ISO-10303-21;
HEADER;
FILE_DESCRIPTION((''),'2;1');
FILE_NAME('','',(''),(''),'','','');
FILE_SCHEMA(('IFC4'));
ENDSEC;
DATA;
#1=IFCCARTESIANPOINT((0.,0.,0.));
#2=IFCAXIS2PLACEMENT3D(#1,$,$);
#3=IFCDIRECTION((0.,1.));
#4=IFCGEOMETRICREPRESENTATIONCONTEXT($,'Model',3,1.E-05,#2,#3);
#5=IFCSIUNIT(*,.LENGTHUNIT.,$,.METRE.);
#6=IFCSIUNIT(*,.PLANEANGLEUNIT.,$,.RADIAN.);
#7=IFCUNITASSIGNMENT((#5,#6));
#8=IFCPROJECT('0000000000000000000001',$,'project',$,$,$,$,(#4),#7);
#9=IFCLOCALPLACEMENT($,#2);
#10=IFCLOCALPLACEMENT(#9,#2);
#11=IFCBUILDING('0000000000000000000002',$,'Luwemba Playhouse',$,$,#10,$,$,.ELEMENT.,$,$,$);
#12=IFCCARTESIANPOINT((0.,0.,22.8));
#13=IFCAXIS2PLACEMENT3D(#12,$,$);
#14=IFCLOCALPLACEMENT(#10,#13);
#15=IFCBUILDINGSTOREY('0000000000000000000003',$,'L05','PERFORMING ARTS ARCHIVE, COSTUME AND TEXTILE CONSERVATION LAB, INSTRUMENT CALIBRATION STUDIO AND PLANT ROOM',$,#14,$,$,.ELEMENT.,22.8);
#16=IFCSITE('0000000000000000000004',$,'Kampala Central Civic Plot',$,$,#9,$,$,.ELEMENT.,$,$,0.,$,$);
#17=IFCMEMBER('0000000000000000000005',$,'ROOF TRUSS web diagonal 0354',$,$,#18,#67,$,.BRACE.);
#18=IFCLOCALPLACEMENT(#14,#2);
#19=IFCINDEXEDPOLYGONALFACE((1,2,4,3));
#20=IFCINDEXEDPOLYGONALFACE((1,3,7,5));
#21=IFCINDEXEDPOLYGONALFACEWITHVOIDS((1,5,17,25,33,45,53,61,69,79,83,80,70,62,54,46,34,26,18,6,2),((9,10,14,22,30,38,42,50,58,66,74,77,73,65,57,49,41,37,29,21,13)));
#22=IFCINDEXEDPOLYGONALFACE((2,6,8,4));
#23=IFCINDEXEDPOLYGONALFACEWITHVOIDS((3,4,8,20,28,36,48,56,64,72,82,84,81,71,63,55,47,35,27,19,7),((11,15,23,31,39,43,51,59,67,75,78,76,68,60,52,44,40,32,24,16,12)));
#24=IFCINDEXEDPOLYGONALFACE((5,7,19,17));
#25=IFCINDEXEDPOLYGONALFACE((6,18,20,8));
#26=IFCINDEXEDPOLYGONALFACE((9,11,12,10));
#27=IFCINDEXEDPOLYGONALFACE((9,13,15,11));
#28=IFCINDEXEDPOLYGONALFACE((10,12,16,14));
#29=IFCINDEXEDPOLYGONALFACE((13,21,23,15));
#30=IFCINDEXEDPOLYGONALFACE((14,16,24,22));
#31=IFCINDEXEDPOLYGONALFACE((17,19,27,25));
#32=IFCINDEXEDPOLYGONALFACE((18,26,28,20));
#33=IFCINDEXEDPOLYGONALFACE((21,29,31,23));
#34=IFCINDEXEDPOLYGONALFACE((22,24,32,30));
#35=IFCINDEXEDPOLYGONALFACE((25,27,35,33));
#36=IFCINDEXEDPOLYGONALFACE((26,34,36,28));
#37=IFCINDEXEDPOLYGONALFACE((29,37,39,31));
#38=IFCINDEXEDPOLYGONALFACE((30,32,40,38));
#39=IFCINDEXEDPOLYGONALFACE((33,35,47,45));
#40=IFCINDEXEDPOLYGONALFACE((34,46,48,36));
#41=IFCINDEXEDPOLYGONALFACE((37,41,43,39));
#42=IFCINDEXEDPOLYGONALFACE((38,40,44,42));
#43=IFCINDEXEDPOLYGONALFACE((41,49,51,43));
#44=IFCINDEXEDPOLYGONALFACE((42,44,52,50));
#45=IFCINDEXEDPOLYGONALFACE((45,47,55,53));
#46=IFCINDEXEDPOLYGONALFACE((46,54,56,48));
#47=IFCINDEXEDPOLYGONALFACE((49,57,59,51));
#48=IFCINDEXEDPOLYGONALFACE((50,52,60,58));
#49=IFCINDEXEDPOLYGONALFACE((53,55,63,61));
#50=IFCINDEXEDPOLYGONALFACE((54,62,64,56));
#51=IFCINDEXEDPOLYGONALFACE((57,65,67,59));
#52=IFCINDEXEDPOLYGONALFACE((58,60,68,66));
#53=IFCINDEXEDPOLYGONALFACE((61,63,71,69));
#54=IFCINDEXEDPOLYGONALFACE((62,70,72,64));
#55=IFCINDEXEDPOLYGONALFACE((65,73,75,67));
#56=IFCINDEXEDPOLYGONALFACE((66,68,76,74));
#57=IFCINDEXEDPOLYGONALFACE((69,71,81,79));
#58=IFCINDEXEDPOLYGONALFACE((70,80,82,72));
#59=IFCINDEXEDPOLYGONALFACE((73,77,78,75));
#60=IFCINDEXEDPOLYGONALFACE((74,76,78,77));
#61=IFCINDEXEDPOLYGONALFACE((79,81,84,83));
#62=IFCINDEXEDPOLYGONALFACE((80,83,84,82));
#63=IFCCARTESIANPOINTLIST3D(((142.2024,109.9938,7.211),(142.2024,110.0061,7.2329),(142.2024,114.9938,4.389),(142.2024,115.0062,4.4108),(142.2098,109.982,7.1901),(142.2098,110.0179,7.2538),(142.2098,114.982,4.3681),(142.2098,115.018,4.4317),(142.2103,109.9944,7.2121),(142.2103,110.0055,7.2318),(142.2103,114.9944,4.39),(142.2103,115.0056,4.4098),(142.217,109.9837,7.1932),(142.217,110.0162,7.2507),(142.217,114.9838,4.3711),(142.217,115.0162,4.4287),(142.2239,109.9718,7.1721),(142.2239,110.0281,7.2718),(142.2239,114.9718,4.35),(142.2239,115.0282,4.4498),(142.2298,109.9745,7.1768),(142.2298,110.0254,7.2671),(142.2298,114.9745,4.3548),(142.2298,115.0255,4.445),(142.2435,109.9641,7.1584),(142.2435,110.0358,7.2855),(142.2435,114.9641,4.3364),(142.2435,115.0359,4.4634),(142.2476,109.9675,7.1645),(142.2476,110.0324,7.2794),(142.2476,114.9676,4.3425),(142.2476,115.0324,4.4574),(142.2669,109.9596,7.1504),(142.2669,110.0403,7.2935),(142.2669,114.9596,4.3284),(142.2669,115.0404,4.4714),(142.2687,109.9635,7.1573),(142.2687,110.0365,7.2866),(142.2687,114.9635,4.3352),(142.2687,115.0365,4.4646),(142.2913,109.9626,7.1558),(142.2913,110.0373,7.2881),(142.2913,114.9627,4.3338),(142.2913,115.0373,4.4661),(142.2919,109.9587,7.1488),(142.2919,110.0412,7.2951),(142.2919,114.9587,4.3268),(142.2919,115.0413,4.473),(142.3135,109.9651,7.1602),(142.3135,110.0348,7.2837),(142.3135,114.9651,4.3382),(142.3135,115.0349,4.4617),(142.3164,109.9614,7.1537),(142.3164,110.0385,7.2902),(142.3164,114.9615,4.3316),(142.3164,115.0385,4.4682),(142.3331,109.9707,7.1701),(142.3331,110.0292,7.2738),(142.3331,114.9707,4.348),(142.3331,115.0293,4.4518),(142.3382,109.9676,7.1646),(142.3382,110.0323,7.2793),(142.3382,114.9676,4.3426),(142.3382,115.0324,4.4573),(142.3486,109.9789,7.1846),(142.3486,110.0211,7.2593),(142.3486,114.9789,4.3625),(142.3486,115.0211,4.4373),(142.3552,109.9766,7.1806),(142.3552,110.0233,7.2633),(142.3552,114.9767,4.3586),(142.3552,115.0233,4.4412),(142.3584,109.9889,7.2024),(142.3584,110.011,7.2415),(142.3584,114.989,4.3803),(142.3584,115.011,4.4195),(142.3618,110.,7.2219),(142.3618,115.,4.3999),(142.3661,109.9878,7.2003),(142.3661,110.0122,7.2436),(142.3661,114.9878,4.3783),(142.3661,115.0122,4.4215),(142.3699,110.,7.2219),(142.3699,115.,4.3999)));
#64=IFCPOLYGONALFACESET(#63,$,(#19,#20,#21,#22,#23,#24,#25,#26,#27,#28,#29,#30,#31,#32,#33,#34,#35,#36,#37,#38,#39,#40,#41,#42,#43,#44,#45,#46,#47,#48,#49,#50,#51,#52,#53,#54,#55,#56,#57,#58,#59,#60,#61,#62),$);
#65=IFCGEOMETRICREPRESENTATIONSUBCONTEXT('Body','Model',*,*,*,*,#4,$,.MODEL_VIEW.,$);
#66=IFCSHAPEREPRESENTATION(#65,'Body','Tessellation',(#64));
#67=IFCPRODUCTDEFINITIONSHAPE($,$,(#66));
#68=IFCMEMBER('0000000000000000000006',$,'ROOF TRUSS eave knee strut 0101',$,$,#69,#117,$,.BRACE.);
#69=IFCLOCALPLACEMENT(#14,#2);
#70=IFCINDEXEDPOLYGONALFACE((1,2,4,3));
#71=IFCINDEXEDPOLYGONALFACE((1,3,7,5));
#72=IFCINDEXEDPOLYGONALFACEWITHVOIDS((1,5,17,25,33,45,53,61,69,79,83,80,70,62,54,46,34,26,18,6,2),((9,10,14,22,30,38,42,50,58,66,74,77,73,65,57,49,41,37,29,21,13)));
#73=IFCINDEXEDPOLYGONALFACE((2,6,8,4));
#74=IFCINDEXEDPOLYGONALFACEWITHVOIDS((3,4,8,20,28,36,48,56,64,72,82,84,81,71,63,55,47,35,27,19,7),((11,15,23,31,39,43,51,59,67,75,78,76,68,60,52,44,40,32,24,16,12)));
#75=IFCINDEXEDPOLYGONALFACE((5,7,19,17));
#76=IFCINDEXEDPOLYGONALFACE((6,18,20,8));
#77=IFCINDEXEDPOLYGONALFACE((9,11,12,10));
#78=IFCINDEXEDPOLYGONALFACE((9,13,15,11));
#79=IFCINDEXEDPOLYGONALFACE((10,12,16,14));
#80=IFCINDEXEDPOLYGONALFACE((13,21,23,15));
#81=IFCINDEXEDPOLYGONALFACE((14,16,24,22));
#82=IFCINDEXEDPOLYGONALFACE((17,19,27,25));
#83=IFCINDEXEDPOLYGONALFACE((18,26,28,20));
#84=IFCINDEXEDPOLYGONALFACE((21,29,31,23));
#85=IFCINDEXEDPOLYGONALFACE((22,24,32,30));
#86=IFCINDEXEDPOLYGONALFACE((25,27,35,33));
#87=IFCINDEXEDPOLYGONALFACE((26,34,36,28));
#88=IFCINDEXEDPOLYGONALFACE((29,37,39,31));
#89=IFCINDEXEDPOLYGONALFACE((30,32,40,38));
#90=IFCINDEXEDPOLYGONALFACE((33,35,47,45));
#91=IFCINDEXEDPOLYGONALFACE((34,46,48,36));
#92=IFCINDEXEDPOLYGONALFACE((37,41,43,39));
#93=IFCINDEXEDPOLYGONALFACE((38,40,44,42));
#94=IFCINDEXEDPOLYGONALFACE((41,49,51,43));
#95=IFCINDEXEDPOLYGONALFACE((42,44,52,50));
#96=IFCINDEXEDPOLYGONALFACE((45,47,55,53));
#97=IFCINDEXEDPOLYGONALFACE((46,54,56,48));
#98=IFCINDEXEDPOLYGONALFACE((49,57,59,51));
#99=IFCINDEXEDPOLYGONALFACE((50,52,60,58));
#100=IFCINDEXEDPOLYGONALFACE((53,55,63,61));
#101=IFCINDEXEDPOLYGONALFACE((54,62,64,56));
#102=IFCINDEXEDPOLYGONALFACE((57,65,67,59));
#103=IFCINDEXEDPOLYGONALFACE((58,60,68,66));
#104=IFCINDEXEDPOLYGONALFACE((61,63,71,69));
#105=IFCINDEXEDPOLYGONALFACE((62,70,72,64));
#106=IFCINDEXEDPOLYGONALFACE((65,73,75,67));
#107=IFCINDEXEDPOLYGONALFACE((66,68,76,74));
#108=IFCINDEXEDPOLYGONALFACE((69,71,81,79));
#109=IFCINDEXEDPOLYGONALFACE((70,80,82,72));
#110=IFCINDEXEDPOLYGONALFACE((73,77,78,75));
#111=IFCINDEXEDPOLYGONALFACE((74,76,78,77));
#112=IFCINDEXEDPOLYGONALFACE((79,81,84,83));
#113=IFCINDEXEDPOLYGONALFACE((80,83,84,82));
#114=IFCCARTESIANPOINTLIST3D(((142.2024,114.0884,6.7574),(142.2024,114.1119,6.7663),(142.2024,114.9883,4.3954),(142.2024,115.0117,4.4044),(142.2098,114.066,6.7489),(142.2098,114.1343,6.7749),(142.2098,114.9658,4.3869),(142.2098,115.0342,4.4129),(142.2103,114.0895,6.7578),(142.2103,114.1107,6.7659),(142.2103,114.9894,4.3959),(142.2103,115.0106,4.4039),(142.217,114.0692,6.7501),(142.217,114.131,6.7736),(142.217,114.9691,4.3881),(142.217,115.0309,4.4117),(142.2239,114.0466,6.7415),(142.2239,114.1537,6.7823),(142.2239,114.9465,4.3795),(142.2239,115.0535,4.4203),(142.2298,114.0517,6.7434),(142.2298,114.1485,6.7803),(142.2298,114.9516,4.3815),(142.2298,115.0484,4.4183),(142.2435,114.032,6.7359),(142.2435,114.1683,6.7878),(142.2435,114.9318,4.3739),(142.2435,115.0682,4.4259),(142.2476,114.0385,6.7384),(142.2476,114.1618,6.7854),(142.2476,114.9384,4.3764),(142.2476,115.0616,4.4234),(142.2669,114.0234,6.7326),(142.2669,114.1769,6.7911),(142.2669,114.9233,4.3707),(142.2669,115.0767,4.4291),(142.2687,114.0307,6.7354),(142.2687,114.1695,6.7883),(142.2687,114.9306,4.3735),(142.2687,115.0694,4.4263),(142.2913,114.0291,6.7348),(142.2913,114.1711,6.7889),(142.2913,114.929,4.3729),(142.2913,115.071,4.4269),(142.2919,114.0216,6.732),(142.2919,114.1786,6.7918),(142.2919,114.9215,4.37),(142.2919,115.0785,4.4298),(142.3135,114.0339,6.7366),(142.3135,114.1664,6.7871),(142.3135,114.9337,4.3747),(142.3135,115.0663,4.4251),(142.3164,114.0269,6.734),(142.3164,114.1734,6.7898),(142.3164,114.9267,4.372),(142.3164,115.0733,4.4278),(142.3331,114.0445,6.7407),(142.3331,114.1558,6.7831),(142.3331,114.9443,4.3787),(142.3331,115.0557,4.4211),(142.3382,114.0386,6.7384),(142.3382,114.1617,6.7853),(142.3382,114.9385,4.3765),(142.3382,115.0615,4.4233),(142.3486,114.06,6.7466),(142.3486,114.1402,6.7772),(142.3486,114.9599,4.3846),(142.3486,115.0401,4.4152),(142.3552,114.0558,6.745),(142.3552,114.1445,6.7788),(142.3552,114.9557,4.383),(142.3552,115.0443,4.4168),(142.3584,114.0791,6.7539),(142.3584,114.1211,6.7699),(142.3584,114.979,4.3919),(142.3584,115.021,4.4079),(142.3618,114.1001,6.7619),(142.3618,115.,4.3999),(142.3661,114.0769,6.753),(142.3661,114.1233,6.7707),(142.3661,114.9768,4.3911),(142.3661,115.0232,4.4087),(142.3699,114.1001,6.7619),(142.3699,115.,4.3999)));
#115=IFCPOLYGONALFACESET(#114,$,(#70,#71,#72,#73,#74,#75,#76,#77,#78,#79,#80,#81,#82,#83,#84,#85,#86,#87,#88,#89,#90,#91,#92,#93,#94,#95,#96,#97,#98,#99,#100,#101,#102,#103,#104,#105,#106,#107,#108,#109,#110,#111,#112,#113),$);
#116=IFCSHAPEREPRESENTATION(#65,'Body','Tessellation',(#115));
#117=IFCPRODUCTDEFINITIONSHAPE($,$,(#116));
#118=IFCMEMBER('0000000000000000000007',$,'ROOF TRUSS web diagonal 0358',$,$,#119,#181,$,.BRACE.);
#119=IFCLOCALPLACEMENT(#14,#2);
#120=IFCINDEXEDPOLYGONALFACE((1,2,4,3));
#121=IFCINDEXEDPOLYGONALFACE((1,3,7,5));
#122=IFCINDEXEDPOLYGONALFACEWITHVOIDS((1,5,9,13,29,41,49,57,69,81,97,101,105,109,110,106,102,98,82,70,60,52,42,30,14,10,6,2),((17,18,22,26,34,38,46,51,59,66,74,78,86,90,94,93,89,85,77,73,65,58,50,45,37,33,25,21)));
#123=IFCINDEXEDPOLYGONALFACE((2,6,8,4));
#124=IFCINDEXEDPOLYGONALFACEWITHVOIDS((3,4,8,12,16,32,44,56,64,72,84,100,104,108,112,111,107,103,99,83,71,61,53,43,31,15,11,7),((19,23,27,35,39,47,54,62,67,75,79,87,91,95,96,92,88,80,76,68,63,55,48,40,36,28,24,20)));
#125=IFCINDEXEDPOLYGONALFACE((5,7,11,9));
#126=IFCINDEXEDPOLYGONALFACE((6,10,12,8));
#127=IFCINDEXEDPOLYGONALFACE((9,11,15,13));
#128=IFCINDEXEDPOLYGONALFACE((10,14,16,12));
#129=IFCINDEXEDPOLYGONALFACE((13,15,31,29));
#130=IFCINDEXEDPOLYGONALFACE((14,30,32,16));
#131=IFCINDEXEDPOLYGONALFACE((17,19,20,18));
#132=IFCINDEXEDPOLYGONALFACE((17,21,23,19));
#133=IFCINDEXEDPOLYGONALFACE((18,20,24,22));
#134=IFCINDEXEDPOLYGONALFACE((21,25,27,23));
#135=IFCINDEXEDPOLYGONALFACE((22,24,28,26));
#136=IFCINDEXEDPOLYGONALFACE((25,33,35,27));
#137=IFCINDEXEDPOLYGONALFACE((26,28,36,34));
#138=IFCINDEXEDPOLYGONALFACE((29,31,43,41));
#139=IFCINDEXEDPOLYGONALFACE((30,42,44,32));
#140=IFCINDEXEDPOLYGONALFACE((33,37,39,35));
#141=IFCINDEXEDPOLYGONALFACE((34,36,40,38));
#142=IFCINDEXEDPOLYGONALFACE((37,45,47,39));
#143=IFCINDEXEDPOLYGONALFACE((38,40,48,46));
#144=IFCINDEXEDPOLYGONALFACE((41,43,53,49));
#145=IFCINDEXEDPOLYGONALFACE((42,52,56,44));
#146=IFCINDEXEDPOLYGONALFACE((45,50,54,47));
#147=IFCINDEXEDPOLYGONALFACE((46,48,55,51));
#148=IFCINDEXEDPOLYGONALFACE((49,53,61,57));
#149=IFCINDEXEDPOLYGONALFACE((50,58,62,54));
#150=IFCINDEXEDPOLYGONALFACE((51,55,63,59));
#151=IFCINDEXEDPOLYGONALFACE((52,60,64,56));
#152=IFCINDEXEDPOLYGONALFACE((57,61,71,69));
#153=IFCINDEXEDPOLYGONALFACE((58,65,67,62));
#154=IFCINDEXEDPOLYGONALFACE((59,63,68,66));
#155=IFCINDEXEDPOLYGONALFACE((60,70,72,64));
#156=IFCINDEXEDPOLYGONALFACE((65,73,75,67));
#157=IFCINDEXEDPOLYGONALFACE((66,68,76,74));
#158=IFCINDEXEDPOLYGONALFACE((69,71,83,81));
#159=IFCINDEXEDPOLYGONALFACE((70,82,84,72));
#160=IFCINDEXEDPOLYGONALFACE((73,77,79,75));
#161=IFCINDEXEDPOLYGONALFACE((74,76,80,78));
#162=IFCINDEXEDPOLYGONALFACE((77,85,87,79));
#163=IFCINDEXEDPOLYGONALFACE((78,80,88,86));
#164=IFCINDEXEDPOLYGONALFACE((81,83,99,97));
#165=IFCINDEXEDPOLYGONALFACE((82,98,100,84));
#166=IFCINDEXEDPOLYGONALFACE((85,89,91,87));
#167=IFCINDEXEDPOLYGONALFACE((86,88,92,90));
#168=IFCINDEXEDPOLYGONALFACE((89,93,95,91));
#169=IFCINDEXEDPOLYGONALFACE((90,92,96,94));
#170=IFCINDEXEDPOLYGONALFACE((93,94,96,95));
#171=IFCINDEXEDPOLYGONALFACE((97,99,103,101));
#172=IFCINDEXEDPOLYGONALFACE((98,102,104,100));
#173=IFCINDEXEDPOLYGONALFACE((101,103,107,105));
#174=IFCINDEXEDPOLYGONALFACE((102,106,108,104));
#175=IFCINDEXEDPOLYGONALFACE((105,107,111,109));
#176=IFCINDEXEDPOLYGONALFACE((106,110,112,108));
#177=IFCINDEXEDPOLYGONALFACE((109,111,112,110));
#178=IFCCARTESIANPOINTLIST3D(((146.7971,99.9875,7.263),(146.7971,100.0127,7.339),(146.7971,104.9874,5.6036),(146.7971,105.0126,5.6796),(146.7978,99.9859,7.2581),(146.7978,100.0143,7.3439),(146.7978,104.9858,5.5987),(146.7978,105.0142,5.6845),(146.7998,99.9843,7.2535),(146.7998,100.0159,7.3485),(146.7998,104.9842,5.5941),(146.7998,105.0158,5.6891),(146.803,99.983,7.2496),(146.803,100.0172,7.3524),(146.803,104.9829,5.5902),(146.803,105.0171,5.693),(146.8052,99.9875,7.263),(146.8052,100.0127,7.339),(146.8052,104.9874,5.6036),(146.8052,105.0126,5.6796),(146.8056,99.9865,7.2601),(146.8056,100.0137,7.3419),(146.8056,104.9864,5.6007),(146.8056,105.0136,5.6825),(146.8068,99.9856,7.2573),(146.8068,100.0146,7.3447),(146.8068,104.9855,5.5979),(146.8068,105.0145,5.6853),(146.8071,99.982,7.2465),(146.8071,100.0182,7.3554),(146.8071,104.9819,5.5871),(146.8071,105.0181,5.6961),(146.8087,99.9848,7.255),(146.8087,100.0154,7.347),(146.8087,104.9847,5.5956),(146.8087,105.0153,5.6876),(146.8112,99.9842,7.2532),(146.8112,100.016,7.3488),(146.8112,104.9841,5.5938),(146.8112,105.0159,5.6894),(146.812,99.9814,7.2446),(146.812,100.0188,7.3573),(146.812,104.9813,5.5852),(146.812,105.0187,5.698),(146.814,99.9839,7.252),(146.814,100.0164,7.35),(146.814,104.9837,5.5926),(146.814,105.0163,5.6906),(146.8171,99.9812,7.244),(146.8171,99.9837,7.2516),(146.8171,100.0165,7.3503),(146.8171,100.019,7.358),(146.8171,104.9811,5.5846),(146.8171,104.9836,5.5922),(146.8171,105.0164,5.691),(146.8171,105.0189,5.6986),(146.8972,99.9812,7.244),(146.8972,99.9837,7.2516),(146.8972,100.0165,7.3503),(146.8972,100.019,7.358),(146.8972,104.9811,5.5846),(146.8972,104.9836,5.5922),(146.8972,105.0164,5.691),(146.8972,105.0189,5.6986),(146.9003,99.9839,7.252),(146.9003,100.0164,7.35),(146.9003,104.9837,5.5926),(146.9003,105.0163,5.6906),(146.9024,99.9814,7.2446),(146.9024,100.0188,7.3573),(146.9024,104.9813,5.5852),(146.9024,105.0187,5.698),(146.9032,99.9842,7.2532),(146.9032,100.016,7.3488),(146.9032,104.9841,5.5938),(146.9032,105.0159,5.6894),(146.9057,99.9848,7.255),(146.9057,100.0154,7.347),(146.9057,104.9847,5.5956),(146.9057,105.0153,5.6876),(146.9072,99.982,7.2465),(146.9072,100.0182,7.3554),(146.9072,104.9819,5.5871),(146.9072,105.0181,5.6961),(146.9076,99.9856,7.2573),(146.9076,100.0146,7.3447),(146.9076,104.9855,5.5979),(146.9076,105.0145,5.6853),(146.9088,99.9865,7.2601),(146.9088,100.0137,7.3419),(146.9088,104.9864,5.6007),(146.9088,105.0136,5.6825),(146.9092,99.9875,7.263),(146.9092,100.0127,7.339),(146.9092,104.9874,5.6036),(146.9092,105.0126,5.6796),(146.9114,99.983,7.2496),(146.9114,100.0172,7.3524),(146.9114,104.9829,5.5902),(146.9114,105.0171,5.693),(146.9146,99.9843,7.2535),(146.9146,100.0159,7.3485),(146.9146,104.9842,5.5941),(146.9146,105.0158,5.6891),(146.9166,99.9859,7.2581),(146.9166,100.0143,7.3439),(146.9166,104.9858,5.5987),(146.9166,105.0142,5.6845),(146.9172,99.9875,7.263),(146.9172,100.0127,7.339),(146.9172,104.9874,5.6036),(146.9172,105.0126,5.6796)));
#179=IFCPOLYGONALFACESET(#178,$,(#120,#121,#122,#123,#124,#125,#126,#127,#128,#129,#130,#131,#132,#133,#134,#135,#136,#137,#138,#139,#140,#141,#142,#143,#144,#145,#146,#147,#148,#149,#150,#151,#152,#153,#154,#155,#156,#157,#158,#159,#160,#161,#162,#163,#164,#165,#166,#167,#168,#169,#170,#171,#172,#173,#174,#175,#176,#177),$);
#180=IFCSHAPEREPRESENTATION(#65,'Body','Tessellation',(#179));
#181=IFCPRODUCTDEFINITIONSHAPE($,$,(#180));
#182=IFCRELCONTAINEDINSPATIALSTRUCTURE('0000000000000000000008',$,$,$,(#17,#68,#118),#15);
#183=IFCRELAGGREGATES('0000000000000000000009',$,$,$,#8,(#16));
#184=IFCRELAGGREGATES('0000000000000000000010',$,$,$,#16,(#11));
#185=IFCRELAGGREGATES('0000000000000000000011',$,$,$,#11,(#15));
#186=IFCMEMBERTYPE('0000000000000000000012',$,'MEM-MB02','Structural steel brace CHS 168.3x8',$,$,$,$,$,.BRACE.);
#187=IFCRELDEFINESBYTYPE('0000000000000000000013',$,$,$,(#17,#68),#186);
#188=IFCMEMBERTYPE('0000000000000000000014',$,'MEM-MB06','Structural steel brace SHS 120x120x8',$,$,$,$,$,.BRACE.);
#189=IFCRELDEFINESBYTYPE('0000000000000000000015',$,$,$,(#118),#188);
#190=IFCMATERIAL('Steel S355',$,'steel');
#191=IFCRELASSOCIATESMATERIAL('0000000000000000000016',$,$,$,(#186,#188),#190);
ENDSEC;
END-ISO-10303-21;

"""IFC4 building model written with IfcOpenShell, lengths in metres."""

from ifc_helpers import new_model, si_unit, direction, frame, origin, origin_2d, place, context, subcontext, project, spatial, hollow_rectangle, hollow_circle, extrude, material, material_profile, profile_set, type_object, element, save


model = new_model("IFC4")

# Units and contexts
model_context = context("Model", 3, precision=1e-05, world=origin(), true_north=direction((0.0, 1.0)))
body_context = subcontext(model_context, "Body", "Model", "MODEL_VIEW")
ifc_project = project(units=[si_unit("LENGTHUNIT", "METRE"), si_unit("PLANEANGLEUNIT", "RADIAN")], contexts=[model_context])

# Site, building, storey
site_placement = place(None, origin())
site = spatial("IfcSite", under=ifc_project, at=site_placement, Name="Kampala Central Civic Plot", CompositionType="ELEMENT", RefElevation=0.0)
building_placement = place(site_placement, origin())
building = spatial("IfcBuilding", under=site, at=building_placement, Name="Luwemba Playhouse", CompositionType="ELEMENT")
storey_placement = place(building_placement, frame((0.0, 0.0, 22.8)))
storey = spatial("IfcBuildingStorey", under=building, at=storey_placement, Name="L05", Description="PERFORMING ARTS ARCHIVE, COSTUME AND TEXTILE CONSERVATION LAB, INSTRUMENT CALIBRATION STUDIO AND PLANT ROOM", CompositionType="ELEMENT", Elevation=22.8)

# Shared definitions
ifc_material_1 = material(Name="Steel S355", Category="steel")

# Members
ifc_material_profile_1 = material_profile(ifc_material_1, hollow_circle(Radius=0.0842, WallThickness=0.0081, at=origin_2d()))
ifc_profile_set_1 = profile_set([ifc_material_profile_1], Name="Steel S355")
member_type_1 = type_object("IfcMemberType", Name="MEM-MB02", Description="Structural steel brace CHS 168.3x8", PredefinedType="BRACE", material=ifc_profile_set_1)
member_1_placement = place(storey_placement, frame((142.2856, 115.0, 4.3999), z_axis=(0.0, -0.870866, 0.491521), x_axis=(1.0, 0.0, 0.0)))
element("IfcMember", 1, at=member_1_placement, inside=storey, type_object=member_type_1, Name="ROOF TRUSS web diagonal 0354", PredefinedType="BRACE", context=body_context, shape_type="SweptSolid", body=[
    extrude(hollow_circle(Radius=0.0842, WallThickness=0.0081, at=origin_2d()), origin(), (0.0, 0.0, 1.0), 5.7415),
])
member_2_placement = place(storey_placement, frame((142.2856, 115.0, 4.3999), z_axis=(0.0, -0.356019, 0.934479), x_axis=(1.0, 0.0, 0.0)))
element("IfcMember", 2, at=member_2_placement, inside=storey, type_object=member_type_1, Name="ROOF TRUSS eave knee strut 0101", PredefinedType="BRACE", context=body_context, shape_type="SweptSolid", body=[
    extrude(hollow_circle(Radius=0.0842, WallThickness=0.0081, at=origin_2d()), origin(), (0.0, 0.0, 1.0), 2.5276),
])
ifc_material_profile_2 = material_profile(ifc_material_1, hollow_rectangle(XDim=0.1201, YDim=0.1201, WallThickness=0.0081, InnerFilletRadius=0.012, OuterFilletRadius=0.02, at=origin_2d()))
ifc_profile_set_2 = profile_set([ifc_material_profile_2], Name="Steel S355")
member_type_2 = type_object("IfcMemberType", Name="MEM-MB06", Description="Structural steel brace SHS 120x120x8", PredefinedType="BRACE", material=ifc_profile_set_2)
for number, where, z_axis, x_axis, name in (
    (3, (146.8572, 105.0, 5.6416), (0.0, -0.949095, 0.31499), (1.0, 0.0, 0.0), "ROOF TRUSS web diagonal 0358"),
):
    element("IfcMember", number, at=place(storey_placement, frame(where, z_axis=z_axis, x_axis=x_axis)), inside=storey, type_object=member_type_2, Name=name, PredefinedType="BRACE", context=body_context, shape_type="SweptSolid", body=[
        extrude(hollow_rectangle(XDim=0.1201, YDim=0.1201, WallThickness=0.0081, InnerFilletRadius=0.012, OuterFilletRadius=0.02, at=origin_2d()), origin(), (0.0, 0.0, 1.0), 5.2681),
    ])

save(model, "model.ifc")
